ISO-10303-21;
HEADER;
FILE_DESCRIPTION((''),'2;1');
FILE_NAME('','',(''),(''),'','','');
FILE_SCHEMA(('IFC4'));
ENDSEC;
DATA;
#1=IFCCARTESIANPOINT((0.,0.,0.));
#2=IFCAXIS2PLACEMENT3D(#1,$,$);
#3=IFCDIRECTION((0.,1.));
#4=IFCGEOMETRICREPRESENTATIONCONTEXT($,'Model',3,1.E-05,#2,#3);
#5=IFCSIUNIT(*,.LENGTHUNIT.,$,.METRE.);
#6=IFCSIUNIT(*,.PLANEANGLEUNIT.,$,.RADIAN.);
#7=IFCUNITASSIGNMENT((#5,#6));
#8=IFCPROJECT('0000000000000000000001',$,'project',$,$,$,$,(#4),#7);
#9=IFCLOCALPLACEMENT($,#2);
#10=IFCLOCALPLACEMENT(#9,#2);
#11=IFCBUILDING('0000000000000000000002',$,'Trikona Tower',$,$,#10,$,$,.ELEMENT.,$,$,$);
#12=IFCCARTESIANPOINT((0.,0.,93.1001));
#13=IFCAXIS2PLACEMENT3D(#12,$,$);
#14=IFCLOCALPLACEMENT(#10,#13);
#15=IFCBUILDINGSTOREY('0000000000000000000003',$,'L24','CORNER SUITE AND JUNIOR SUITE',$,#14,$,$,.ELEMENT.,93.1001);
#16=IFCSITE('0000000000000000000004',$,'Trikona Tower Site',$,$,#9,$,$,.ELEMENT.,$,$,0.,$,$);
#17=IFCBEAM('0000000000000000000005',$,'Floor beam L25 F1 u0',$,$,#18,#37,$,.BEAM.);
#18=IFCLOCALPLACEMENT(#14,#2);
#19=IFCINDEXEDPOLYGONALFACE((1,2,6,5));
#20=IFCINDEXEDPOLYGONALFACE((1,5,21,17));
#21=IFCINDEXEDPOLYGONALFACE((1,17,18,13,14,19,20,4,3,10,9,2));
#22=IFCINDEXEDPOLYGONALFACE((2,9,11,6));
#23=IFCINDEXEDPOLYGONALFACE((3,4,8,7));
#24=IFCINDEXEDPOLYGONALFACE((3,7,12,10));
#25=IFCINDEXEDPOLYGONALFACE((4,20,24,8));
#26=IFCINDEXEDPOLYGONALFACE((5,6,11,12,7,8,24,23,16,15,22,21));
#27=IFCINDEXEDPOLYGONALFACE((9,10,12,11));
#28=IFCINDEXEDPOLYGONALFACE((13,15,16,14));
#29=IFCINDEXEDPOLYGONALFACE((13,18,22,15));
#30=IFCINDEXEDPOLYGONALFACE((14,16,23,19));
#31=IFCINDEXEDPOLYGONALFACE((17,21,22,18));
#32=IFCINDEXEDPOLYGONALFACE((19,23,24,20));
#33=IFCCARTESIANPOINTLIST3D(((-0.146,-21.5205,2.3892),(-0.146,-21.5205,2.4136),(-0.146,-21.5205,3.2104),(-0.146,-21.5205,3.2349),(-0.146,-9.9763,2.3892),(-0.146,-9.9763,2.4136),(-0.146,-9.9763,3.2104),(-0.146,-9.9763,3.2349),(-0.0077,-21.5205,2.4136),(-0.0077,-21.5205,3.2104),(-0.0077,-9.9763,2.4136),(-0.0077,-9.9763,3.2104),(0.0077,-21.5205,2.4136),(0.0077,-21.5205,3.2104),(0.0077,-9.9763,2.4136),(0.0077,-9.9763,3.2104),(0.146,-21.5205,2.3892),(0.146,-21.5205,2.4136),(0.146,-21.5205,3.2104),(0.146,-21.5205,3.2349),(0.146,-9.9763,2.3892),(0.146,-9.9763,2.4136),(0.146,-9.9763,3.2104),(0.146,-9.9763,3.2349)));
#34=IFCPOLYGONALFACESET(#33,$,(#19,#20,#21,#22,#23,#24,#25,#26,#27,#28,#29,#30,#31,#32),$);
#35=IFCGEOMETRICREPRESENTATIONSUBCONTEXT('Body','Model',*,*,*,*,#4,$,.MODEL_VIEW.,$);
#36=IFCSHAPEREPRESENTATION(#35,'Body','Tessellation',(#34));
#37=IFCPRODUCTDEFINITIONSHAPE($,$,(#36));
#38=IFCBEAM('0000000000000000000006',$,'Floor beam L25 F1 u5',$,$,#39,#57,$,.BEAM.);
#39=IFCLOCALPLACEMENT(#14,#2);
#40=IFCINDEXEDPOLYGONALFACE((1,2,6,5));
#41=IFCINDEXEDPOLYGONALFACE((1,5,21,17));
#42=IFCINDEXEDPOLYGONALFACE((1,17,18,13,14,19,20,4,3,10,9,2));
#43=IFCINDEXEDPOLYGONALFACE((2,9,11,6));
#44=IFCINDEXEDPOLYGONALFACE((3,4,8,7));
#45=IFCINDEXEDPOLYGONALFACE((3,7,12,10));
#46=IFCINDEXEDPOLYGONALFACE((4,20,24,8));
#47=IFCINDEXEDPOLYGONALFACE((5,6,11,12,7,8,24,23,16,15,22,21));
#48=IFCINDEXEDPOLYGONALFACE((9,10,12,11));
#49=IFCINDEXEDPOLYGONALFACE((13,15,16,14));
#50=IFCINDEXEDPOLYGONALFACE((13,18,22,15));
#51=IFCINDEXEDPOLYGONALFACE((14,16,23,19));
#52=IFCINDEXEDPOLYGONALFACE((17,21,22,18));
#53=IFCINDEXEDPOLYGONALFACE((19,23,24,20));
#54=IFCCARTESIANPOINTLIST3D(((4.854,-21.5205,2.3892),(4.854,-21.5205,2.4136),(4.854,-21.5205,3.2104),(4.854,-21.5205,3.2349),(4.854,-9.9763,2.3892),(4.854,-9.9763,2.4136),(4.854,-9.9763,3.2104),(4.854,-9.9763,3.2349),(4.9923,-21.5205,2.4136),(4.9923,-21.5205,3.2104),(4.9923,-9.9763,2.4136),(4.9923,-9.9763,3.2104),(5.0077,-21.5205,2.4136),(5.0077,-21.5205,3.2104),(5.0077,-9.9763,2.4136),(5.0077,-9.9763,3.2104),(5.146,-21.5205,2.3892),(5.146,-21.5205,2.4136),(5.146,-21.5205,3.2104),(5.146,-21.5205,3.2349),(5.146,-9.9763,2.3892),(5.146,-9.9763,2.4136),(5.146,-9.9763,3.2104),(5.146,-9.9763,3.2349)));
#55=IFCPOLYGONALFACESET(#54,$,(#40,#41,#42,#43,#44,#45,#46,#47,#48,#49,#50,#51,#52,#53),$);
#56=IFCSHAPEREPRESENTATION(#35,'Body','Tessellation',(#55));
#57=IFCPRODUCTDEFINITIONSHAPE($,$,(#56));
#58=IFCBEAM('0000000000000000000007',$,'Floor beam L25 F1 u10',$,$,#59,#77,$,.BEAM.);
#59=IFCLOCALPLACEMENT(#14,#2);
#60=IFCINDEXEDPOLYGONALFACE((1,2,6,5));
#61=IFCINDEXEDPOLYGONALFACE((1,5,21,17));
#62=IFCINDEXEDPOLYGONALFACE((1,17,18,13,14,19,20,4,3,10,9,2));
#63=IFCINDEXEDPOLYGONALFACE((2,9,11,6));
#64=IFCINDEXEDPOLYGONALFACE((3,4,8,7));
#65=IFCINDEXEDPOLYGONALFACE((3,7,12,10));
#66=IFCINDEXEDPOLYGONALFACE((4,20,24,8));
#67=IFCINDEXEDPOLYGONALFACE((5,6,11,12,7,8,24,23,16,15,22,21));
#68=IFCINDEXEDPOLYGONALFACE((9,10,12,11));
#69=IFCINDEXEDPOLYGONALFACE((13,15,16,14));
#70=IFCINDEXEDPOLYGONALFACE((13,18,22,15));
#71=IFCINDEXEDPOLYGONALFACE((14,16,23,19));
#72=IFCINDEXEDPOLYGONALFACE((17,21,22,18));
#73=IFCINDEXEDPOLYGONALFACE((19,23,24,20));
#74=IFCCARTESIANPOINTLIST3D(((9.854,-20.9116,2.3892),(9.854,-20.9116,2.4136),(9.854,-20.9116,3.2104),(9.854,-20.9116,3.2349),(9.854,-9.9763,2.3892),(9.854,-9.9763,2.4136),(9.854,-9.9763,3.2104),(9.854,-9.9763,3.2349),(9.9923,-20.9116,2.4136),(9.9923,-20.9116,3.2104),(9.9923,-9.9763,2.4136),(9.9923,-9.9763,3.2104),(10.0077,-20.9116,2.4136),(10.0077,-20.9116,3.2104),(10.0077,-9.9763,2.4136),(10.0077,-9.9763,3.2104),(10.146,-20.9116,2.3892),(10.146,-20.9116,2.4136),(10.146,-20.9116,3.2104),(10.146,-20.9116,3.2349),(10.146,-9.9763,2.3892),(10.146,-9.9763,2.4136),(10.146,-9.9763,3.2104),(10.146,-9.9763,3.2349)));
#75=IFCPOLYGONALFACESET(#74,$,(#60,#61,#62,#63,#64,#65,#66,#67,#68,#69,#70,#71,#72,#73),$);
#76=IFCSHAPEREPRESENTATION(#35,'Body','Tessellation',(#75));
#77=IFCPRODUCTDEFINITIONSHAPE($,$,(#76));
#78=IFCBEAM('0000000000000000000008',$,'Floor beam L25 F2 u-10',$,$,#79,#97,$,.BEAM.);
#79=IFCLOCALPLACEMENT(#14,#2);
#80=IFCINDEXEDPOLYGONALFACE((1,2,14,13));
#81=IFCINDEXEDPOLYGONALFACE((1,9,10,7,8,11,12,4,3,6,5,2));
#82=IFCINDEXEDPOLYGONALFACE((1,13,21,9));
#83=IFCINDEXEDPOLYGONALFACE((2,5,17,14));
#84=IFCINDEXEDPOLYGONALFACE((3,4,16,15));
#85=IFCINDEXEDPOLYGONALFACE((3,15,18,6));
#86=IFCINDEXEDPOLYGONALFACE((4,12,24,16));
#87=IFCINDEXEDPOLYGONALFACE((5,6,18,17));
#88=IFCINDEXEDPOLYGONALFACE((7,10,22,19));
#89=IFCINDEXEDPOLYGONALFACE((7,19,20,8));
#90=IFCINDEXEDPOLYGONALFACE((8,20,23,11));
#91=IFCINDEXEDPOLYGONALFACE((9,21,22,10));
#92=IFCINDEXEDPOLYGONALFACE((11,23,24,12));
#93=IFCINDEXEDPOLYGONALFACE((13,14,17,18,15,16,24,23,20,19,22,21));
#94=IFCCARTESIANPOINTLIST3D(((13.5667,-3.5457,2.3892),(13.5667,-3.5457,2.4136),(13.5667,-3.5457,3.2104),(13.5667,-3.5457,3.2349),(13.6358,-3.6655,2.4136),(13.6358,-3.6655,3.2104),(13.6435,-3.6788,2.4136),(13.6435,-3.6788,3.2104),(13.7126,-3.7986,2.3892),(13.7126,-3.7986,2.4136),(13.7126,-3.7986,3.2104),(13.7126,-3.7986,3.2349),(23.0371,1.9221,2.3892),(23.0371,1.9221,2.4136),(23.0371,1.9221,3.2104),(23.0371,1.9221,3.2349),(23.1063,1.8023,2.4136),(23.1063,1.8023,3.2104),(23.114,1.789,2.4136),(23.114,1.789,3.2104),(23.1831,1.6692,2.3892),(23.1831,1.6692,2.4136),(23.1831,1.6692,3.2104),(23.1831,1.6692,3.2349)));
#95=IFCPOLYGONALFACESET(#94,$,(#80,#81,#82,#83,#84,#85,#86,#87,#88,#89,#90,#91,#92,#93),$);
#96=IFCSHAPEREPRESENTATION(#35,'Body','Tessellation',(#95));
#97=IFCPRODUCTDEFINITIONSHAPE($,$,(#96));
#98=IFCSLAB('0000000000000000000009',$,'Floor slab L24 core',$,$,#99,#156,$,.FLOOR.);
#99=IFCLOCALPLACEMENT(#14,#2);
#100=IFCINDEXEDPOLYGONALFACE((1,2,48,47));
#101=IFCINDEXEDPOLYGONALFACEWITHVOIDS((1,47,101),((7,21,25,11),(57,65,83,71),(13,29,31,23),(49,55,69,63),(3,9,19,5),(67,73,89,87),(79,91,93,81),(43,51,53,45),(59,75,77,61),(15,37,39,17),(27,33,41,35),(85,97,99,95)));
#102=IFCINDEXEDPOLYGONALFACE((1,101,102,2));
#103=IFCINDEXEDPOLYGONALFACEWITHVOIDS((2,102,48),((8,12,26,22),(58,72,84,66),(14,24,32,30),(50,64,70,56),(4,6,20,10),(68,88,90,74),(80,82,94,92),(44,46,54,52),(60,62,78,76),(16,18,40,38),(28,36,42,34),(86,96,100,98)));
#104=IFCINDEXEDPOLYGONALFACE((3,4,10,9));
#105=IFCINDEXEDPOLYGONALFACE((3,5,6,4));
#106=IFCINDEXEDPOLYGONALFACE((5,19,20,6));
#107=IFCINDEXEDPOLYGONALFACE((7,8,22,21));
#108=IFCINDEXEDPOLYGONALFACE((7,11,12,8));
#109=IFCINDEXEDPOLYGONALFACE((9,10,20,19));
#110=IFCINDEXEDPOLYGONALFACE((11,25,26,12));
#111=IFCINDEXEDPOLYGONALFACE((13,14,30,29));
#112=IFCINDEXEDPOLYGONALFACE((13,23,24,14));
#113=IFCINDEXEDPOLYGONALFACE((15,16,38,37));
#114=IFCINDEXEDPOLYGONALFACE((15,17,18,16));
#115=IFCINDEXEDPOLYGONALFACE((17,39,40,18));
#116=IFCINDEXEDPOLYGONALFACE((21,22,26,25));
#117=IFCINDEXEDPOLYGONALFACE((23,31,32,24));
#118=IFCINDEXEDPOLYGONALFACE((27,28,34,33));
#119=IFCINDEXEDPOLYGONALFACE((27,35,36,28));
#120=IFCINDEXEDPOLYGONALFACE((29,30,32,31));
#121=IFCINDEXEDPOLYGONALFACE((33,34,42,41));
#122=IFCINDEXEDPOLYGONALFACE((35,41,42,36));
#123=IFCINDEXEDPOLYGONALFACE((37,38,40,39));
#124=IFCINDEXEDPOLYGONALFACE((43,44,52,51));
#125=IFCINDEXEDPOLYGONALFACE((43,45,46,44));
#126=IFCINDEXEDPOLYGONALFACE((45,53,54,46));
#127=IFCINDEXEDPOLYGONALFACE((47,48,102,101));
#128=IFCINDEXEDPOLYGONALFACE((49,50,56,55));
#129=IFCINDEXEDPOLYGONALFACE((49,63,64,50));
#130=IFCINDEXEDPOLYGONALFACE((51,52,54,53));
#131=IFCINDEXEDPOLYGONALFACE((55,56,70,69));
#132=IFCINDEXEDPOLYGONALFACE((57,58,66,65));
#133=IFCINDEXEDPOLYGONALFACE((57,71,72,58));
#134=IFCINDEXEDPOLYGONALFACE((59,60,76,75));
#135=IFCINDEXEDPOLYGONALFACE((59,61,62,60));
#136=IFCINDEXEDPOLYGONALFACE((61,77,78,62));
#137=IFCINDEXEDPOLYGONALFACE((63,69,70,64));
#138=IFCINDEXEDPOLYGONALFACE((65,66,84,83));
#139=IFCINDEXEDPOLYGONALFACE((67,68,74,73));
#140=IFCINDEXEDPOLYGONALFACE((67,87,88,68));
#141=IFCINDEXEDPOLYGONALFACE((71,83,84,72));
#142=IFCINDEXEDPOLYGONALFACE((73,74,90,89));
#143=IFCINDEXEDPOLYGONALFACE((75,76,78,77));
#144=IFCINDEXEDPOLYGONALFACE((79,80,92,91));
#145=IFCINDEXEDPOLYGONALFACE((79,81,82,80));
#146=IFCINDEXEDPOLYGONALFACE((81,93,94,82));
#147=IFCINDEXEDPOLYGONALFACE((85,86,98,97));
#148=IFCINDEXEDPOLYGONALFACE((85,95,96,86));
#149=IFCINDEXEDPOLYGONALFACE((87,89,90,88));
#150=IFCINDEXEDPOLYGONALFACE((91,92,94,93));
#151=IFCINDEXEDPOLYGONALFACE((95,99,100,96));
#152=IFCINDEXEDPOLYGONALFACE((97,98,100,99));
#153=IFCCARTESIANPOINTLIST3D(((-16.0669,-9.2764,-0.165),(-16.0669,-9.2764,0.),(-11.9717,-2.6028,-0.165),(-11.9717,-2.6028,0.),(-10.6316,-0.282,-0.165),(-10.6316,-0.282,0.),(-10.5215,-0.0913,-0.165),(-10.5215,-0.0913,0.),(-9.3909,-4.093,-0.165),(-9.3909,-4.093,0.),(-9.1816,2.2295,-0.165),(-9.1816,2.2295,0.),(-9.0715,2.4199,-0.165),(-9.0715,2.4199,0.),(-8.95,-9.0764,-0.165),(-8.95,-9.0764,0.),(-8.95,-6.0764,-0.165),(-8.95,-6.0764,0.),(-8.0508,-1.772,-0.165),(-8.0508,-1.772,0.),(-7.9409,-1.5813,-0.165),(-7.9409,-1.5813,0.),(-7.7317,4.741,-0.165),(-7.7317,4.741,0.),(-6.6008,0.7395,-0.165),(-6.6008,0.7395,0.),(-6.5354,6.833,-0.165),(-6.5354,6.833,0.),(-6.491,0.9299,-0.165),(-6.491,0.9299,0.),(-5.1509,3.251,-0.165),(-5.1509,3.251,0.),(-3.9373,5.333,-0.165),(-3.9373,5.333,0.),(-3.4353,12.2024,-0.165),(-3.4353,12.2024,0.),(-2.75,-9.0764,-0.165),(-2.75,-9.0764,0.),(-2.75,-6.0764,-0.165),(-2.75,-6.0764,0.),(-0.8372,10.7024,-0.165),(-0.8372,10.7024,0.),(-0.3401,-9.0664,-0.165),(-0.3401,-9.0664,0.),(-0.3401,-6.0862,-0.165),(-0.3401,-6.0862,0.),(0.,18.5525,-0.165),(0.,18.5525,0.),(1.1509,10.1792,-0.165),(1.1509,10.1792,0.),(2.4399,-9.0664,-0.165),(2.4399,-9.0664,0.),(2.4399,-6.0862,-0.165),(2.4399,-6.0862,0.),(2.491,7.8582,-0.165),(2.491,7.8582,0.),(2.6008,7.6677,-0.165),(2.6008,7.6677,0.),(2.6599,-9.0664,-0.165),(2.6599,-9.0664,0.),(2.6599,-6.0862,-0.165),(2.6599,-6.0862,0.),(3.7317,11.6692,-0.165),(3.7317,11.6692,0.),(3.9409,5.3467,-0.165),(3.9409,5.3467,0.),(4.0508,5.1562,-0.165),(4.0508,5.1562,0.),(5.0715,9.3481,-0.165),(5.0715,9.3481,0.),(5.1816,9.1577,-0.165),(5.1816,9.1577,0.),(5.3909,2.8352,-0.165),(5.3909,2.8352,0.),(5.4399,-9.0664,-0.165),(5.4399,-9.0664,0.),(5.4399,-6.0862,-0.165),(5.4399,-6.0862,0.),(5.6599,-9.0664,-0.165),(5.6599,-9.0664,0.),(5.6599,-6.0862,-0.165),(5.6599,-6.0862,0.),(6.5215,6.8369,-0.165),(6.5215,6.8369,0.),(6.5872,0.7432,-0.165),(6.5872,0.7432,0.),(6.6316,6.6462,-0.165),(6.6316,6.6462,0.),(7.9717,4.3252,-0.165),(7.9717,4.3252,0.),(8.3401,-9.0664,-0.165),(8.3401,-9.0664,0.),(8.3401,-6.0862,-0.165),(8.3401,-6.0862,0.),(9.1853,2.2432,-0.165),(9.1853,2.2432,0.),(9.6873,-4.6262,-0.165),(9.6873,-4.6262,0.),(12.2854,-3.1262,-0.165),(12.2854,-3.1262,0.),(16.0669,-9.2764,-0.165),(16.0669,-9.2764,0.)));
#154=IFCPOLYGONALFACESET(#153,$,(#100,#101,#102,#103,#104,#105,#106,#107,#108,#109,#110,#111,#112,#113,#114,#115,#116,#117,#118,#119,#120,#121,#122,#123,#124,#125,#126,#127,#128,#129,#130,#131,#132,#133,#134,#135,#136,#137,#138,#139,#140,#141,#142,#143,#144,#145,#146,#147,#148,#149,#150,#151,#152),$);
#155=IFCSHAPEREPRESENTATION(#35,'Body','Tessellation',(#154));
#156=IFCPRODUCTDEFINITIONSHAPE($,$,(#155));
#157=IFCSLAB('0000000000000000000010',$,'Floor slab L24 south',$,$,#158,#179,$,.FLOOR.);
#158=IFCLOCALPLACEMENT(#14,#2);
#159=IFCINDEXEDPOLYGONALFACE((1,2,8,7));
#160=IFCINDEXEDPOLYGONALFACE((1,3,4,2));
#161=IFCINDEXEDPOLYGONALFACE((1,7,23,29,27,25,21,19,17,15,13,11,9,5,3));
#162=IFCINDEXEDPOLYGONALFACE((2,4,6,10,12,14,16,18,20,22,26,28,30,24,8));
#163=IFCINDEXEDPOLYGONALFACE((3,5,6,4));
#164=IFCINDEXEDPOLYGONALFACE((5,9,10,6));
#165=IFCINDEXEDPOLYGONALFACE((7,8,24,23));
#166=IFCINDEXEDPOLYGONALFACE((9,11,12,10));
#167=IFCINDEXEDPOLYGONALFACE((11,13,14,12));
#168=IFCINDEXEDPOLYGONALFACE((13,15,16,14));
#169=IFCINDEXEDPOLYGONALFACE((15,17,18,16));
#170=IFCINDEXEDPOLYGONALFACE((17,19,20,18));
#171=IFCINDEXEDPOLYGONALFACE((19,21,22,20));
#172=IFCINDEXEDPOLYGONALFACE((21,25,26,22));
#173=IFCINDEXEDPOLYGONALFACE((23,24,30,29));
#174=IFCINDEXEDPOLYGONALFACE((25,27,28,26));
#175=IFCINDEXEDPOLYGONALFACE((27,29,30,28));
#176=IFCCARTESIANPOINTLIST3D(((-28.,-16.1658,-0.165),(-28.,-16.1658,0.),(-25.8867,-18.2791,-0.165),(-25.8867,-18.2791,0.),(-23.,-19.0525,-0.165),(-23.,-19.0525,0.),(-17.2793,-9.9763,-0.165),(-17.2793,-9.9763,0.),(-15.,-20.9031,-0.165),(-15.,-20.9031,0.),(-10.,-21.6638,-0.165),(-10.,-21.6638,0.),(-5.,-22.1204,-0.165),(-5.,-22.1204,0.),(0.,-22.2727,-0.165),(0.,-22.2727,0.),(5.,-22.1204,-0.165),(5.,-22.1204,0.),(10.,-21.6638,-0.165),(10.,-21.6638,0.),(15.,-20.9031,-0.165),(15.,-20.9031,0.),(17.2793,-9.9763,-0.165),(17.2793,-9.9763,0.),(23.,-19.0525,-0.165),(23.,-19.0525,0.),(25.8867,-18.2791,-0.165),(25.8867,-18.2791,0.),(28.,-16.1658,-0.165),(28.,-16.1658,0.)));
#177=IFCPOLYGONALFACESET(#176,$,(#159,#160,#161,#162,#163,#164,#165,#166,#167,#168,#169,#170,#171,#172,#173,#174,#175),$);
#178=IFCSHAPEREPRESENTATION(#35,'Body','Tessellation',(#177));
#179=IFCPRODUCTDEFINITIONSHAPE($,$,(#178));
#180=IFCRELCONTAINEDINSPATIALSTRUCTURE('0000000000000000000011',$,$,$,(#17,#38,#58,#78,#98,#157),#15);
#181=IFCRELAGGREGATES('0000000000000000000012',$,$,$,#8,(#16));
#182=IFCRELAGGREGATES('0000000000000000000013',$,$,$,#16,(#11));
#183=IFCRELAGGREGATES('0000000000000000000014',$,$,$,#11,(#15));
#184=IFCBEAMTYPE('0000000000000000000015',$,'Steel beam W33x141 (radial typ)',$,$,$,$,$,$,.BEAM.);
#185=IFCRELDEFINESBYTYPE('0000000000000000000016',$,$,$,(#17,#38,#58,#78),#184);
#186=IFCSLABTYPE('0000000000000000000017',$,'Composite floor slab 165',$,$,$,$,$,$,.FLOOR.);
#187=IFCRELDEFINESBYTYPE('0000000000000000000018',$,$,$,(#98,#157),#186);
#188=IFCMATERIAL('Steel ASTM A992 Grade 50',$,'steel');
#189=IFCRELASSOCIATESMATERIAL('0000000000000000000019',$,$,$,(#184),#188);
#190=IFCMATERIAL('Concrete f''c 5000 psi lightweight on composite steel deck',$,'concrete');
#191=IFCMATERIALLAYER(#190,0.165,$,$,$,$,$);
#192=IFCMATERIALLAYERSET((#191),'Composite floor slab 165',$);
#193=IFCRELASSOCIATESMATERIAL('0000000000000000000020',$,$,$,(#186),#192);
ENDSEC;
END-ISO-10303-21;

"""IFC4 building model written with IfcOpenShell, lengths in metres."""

from ifc_helpers import new_model, si_unit, direction, frame, origin, origin_2d, place, context, subcontext, project, spatial, polyline, i_section, outline, extrude, material, layer, layer_set, material_profile, profile_set, type_object, element, save


model = new_model("IFC4")

# Units and contexts
model_context = context("Model", 3, precision=1e-05, world=origin(), true_north=direction((0.0, 1.0)))
body_context = subcontext(model_context, "Body", "Model", "MODEL_VIEW")
ifc_project = project(units=[si_unit("LENGTHUNIT", "METRE"), si_unit("PLANEANGLEUNIT", "RADIAN")], contexts=[model_context])

# Site, building, storey
site_placement = place(None, origin())
site = spatial("IfcSite", under=ifc_project, at=site_placement, Name="Trikona Tower Site", CompositionType="ELEMENT", RefElevation=0.0)
building_placement = place(site_placement, origin())
building = spatial("IfcBuilding", under=site, at=building_placement, Name="Trikona Tower", CompositionType="ELEMENT")
storey_placement = place(building_placement, frame((0.0, 0.0, 93.1001)))
storey = spatial("IfcBuildingStorey", under=building, at=storey_placement, Name="L24", Description="CORNER SUITE AND JUNIOR SUITE", CompositionType="ELEMENT", Elevation=93.1001)

# Beams
ifc_material_1 = material(Name="Steel ASTM A992 Grade 50", Category="steel")
ifc_material_profile = material_profile(ifc_material_1, i_section(OverallWidth=0.292, OverallDepth=0.8457, WebThickness=0.0154, FlangeThickness=0.0244, at=origin_2d()), Name="W33X141")
ifc_profile_set = profile_set([ifc_material_profile], Name="Steel ASTM A992 Grade 50")
beam_type = type_object("IfcBeamType", Name="Steel beam W33x141 (radial typ)", PredefinedType="BEAM", material=ifc_profile_set)
for number, where, z_axis, x_axis, name in (
    (1, (0.0, -9.9763, 2.812), (0.0, -1.0, 0.0), (1.0, 0.0, 0.0), "Floor beam L25 F1 u0"),
    (2, (5.0, -9.9763, 2.812), (0.0, -1.0, 0.0), (1.0, 0.0, 0.0), "Floor beam L25 F1 u5"),
):
    element("IfcBeam", number, at=place(storey_placement, frame(where, z_axis=z_axis, x_axis=x_axis)), inside=storey, type_object=beam_type, Name=name, PredefinedType="BEAM", context=body_context, shape_type="SweptSolid", body=[
        extrude(i_section(OverallWidth=0.292, OverallDepth=0.8457, WebThickness=0.0154, FlangeThickness=0.0244, at=origin_2d()), origin(), (0.0, 0.0, 1.0), 11.5442),
    ])
beam_1_placement = place(storey_placement, frame((10.0, -9.9763, 2.812), z_axis=(0.0, -1.0, 0.0), x_axis=(1.0, 0.0, 0.0)))
element("IfcBeam", 3, at=beam_1_placement, inside=storey, type_object=beam_type, Name="Floor beam L25 F1 u10", PredefinedType="BEAM", context=body_context, shape_type="SweptSolid", body=[
    extrude(i_section(OverallWidth=0.292, OverallDepth=0.8457, WebThickness=0.0154, FlangeThickness=0.0244, at=origin_2d()), origin(), (0.0, 0.0, 1.0), 10.9353),
])
beam_2_placement = place(storey_placement, frame((13.6396, -3.6721, 2.812), z_axis=(0.866025, 0.5, 0.0), x_axis=(-0.5, 0.866025, 0.0)))
element("IfcBeam", 4, at=beam_2_placement, inside=storey, type_object=beam_type, Name="Floor beam L25 F2 u-10", PredefinedType="BEAM", context=body_context, shape_type="SweptSolid", body=[
    extrude(i_section(OverallWidth=0.292, OverallDepth=0.8457, WebThickness=0.0154, FlangeThickness=0.0244, at=origin_2d()), origin(), (0.0, 0.0, 1.0), 10.9355),
])

# Slabs
ifc_material_2 = material(Name="Concrete f'c 5000 psi lightweight on composite steel deck", Category="concrete")
ifc_layer_1 = layer(ifc_material_2, 0.165)
ifc_layer_set_1 = layer_set([ifc_layer_1], Name="Composite floor slab 165")
slab_type = type_object("IfcSlabType", Name="Composite floor slab 165", PredefinedType="FLOOR", material=ifc_layer_set_1)
slab_1_placement = place(storey_placement, frame((0.0, 0.0, -0.165)))
element("IfcSlab", 5, at=slab_1_placement, inside=storey, type_object=slab_type, Name="Floor slab L24 core", PredefinedType="FLOOR", context=body_context, shape_type="SweptSolid", body=[
    extrude(outline(polyline([(-16.0669, -9.2764), (16.0669, -9.2764), (0.0, 18.5525), (-16.0669, -9.2764)]), holes=[polyline([(12.2854, -3.1262), (9.1853, 2.2432), (6.5872, 0.7432), (9.6873, -4.6262), (12.2854, -3.1262)]), polyline([(8.3401, -9.0664), (8.3401, -6.0862), (5.6599, -6.0862), (5.6599, -9.0664), (8.3401, -9.0664)]), polyline([(5.3909, 2.8352), (7.9717, 4.3252), (6.6316, 6.6462), (4.0508, 5.1562), (5.3909, 2.8352)]), polyline([(2.6008, 7.6677), (3.9409, 5.3467), (6.5215, 6.8369), (5.1816, 9.1577), (2.6008, 7.6677)]), polyline([(5.4399, -6.0862), (2.6599, -6.0862), (2.6599, -9.0664), (5.4399, -9.0664), (5.4399, -6.0862)]), polyline([(3.7317, 11.6692), (1.1509, 10.1792), (2.491, 7.8582), (5.0715, 9.3481), (3.7317, 11.6692)]), polyline([(-0.3401, -6.0862), (-0.3401, -9.0664), (2.4399, -9.0664), (2.4399, -6.0862), (-0.3401, -6.0862)]), polyline([(-3.4353, 12.2024), (-6.5354, 6.833), (-3.9373, 5.333), (-0.8372, 10.7024), (-3.4353, 12.2024)]), polyline([(-8.95, -9.0764), (-2.75, -9.0764), (-2.75, -6.0764), (-8.95, -6.0764), (-8.95, -9.0764)]), polyline([(-5.1509, 3.251), (-7.7317, 4.741), (-9.0715, 2.4199), (-6.491, 0.9299), (-5.1509, 3.251)]), polyline([(-7.9409, -1.5813), (-6.6008, 0.7395), (-9.1816, 2.2295), (-10.5215, -0.0913), (-7.9409, -1.5813)]), polyline([(-11.9717, -2.6028), (-9.3909, -4.093), (-8.0508, -1.772), (-10.6316, -0.282), (-11.9717, -2.6028)])]), origin(), (0.0, 0.0, 1.0), 0.165),
])
slab_2_placement = place(storey_placement, frame((0.0, 0.0, -0.165)))
element("IfcSlab", 6, at=slab_2_placement, inside=storey, type_object=slab_type, Name="Floor slab L24 south", PredefinedType="FLOOR", context=body_context, shape_type="SweptSolid", body=[
    extrude(outline(polyline([(25.8867, -18.2791), (28.0, -16.1658), (17.2793, -9.9763), (-17.2793, -9.9763), (-28.0, -16.1658), (-25.8867, -18.2791), (-23.0, -19.0525), (-15.0, -20.9031), (-10.0, -21.6638), (-5.0, -22.1204), (0.0, -22.2727), (5.0, -22.1204), (10.0, -21.6638), (15.0, -20.9031), (23.0, -19.0525), (25.8867, -18.2791)])), origin(), (0.0, 0.0, 1.0), 0.165),
])

save(model, "model.ifc")
